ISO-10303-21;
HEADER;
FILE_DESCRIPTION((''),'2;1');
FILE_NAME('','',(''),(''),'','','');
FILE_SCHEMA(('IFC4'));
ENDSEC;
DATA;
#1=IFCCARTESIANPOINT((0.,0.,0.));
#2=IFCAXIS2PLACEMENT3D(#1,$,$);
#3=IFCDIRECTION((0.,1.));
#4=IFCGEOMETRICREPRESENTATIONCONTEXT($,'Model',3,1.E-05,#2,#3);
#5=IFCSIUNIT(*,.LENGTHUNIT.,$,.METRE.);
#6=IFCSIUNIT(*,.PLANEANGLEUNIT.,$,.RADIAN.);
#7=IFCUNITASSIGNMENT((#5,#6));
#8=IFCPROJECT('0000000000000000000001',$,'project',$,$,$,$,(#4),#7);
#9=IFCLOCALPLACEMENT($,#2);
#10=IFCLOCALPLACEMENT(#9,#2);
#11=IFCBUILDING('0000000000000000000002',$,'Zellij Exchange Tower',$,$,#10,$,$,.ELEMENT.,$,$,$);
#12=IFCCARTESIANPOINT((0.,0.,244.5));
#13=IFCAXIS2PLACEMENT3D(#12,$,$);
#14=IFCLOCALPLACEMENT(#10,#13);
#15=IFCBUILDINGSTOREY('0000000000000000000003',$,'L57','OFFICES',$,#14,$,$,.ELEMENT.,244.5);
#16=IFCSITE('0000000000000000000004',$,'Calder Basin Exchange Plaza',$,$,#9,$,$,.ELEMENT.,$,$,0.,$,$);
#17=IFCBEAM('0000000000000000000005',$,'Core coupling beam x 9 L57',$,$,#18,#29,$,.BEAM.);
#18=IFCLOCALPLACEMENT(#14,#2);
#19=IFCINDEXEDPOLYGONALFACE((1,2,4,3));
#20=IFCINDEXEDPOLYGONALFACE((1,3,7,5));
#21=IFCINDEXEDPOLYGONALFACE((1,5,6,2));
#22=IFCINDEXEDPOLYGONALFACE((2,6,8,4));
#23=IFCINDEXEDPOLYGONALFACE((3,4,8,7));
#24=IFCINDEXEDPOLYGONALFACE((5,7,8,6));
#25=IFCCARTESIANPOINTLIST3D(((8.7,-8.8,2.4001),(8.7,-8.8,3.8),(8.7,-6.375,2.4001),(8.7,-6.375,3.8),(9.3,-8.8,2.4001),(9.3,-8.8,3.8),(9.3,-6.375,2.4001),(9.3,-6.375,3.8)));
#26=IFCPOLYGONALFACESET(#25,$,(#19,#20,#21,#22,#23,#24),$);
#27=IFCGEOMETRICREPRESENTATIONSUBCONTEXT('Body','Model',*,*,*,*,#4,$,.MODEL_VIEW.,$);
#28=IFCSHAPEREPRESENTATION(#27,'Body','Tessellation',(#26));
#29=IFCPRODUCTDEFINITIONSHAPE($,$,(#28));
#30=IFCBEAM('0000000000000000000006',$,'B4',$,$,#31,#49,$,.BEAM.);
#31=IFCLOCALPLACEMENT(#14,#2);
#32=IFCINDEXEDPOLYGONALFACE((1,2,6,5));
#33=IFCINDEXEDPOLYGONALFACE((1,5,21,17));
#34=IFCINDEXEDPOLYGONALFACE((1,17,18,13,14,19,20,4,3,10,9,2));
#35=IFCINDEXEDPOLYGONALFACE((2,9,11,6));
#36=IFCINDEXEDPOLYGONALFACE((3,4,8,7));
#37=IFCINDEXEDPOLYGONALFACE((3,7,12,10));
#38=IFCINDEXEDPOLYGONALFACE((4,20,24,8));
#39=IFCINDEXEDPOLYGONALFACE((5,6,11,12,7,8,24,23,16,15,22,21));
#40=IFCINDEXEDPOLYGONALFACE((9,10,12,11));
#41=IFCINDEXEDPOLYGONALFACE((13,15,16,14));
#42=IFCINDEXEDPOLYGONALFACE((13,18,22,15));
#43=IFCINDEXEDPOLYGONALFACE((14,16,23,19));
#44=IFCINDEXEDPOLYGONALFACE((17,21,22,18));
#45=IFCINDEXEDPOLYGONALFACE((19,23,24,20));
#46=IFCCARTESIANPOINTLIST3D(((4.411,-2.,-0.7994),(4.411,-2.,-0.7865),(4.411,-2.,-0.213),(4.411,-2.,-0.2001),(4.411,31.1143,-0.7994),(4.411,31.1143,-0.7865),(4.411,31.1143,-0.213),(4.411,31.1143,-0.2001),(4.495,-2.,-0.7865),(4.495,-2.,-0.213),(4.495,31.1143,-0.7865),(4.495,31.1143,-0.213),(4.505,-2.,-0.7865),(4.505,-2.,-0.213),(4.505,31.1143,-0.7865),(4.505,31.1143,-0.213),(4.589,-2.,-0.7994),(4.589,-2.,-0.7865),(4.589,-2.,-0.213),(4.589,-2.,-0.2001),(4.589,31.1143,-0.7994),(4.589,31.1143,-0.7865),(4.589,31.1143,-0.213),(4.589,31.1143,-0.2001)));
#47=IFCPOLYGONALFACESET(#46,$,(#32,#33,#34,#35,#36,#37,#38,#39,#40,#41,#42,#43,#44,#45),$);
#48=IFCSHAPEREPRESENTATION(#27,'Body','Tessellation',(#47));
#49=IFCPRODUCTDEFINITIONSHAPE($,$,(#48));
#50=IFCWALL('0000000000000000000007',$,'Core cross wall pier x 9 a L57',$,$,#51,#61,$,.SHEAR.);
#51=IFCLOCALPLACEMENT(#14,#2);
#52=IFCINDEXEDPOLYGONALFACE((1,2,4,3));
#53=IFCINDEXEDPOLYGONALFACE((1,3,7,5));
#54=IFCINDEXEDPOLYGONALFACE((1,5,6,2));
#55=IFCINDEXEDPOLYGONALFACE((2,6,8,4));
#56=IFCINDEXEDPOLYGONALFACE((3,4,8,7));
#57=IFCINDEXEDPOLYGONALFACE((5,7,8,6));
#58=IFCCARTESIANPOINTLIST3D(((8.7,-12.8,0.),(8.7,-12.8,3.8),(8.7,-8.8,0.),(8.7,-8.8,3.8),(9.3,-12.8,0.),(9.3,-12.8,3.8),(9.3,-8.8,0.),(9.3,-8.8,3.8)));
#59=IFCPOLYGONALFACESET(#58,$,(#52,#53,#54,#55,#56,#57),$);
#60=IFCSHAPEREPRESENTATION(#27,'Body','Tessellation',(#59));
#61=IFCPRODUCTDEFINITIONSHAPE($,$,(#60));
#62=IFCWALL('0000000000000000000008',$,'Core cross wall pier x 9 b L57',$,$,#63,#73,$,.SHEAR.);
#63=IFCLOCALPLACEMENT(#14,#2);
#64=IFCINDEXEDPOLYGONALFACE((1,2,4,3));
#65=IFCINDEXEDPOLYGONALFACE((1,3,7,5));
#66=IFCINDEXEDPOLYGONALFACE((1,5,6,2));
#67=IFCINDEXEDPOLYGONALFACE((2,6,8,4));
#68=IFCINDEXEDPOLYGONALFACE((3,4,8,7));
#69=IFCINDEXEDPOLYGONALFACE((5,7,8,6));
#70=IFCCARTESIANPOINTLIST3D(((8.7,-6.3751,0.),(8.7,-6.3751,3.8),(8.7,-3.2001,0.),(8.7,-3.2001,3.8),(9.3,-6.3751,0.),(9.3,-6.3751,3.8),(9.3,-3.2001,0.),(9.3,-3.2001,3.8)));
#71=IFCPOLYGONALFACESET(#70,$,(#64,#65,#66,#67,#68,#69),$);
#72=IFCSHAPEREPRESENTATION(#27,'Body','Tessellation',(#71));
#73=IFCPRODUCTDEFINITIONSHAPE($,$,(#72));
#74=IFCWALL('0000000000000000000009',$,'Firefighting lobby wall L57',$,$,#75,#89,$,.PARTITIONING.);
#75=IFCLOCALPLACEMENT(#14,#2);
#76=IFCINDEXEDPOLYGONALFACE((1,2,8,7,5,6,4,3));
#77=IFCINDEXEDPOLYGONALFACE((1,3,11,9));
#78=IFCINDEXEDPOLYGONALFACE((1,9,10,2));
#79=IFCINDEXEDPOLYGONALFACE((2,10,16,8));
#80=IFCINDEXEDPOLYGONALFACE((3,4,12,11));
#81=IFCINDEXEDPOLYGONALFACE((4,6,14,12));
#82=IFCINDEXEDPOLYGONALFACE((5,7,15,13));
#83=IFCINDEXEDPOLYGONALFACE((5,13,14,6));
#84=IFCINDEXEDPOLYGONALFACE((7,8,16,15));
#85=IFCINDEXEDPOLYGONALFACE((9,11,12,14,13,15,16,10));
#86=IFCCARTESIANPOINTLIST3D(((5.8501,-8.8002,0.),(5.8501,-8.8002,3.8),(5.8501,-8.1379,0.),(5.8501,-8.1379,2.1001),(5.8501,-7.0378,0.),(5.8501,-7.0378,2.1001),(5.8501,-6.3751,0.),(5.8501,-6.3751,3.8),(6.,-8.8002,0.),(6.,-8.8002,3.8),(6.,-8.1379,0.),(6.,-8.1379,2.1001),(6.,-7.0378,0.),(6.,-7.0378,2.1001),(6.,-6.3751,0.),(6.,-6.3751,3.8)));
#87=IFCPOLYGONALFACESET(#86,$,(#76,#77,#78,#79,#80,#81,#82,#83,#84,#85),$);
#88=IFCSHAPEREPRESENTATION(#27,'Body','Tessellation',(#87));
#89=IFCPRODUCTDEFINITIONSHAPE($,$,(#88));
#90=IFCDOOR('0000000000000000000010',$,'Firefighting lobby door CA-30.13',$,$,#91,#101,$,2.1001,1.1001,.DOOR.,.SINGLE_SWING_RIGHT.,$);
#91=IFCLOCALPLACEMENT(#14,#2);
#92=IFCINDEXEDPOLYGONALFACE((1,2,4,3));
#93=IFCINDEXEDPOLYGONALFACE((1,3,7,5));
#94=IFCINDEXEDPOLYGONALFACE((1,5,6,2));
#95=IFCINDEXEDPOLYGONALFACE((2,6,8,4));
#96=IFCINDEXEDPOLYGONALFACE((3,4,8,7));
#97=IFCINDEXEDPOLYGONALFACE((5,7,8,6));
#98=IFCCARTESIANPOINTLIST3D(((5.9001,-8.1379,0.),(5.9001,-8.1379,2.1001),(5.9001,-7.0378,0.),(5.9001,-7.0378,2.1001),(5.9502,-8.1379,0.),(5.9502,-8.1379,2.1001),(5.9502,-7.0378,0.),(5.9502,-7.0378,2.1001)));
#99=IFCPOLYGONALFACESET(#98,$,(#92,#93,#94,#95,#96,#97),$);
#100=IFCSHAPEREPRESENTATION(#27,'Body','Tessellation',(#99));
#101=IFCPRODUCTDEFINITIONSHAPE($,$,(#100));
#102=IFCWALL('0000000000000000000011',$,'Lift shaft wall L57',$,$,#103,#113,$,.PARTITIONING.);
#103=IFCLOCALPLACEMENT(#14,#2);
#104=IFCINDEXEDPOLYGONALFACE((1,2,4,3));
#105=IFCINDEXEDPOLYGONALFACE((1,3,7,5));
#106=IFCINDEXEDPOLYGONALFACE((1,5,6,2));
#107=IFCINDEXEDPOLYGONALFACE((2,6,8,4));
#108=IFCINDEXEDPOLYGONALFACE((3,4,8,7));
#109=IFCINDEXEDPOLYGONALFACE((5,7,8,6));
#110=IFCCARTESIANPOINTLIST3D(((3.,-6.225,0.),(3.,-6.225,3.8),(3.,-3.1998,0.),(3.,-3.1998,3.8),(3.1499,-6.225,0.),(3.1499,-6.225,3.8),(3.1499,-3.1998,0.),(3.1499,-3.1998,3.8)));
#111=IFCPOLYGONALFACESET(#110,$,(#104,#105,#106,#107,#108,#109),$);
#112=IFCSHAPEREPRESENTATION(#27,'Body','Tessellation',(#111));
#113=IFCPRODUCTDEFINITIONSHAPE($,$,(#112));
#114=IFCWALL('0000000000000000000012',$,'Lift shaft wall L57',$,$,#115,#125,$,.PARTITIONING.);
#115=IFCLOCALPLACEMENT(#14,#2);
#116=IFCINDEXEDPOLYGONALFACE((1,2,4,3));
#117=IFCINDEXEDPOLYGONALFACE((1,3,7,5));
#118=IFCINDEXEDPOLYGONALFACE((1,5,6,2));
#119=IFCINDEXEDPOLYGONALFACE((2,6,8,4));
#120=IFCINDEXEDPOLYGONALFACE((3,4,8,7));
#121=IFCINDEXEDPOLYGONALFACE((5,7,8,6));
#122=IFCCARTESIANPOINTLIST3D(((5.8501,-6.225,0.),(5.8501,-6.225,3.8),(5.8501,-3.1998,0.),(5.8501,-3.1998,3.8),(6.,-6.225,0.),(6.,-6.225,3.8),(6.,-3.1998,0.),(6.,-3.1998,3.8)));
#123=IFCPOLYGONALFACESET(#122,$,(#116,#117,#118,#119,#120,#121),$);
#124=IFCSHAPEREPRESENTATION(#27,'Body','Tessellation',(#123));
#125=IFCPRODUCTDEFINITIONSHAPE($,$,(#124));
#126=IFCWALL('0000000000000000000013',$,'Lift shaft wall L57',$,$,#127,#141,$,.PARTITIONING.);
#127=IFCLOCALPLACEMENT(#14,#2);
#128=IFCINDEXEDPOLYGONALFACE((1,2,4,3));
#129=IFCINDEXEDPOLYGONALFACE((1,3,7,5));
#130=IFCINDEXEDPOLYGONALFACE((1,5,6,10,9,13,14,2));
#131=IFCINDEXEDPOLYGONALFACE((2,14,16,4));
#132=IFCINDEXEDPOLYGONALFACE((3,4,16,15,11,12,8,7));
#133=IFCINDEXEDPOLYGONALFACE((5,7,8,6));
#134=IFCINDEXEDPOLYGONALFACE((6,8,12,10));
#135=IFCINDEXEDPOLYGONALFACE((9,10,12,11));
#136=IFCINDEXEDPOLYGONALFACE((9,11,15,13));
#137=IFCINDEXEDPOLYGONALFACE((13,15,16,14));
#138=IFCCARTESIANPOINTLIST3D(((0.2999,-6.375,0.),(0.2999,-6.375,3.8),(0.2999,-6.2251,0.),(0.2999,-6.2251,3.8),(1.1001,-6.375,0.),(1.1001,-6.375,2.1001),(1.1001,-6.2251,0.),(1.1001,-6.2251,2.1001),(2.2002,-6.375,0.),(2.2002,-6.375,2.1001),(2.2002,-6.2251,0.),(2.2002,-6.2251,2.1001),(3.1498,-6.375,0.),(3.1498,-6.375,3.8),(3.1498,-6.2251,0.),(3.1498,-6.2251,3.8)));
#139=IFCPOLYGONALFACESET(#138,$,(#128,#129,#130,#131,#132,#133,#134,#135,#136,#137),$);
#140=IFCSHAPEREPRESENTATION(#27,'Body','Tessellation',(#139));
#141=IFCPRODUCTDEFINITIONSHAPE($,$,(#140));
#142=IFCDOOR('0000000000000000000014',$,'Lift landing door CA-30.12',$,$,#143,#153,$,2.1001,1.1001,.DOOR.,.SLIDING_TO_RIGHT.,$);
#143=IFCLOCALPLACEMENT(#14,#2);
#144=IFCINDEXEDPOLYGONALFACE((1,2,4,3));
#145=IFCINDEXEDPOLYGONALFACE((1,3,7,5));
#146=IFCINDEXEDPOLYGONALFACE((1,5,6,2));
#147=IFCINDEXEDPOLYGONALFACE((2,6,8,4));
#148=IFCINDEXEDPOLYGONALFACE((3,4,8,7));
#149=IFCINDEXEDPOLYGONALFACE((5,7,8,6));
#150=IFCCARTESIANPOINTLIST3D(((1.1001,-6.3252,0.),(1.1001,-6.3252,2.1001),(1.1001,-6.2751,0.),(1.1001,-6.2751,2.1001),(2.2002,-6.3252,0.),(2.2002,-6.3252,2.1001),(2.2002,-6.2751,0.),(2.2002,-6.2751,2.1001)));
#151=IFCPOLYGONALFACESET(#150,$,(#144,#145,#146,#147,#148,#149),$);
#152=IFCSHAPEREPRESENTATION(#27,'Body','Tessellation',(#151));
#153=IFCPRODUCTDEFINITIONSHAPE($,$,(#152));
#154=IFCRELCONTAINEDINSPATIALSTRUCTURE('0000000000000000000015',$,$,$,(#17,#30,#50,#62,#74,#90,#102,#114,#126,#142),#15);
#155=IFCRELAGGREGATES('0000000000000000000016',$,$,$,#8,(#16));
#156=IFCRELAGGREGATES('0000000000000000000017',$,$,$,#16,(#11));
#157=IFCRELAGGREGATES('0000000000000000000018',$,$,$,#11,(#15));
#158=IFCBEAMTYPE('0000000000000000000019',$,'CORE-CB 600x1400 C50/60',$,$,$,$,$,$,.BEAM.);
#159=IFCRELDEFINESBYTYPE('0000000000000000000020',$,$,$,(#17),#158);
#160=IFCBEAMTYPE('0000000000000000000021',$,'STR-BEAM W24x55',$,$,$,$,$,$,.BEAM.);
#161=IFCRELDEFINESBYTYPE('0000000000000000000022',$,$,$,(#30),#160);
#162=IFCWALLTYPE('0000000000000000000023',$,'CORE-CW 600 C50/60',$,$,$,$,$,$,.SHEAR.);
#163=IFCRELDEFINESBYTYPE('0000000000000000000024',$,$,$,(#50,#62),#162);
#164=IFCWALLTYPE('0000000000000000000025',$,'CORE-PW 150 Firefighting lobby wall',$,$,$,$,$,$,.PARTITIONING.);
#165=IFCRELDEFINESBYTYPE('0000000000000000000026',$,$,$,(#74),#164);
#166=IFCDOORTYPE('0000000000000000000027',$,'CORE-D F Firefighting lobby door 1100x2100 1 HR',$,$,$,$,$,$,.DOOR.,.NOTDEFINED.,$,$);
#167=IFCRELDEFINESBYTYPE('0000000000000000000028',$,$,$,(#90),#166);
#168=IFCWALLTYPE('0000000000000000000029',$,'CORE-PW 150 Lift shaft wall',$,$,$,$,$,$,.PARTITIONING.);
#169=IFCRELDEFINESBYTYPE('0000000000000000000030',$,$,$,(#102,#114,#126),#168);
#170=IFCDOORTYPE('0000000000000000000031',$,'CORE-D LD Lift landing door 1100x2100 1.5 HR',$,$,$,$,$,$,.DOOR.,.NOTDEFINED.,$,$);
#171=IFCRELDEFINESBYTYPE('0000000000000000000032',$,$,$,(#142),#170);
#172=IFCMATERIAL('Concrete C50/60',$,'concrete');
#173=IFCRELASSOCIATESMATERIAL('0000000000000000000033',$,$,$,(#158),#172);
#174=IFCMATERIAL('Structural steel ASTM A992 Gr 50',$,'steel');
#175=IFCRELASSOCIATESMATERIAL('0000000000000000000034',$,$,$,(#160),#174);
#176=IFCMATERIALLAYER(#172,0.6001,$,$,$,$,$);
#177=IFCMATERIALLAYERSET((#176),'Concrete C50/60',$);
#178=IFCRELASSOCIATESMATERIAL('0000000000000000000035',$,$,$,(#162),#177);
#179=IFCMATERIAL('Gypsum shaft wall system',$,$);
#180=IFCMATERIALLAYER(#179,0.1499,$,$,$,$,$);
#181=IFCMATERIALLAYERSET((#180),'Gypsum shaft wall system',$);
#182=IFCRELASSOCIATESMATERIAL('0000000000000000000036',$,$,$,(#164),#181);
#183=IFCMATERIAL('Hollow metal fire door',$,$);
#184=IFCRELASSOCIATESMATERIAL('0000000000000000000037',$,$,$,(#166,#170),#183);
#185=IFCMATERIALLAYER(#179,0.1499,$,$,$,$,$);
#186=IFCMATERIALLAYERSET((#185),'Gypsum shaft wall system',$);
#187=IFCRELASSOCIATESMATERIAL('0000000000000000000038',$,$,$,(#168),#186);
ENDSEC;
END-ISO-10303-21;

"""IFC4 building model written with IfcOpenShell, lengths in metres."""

from ifc_helpers import new_model, si_unit, direction, frame, frame_2d, origin, origin_2d, place, context, subcontext, project, spatial, rectangle, i_section, extrude, material, layer, layer_set, material_profile, profile_set, type_object, element, fill, save


model = new_model("IFC4")

# Units and contexts
model_context = context("Model", 3, precision=1e-05, world=origin(), true_north=direction((0.0, 1.0)))
body_context = subcontext(model_context, "Body", "Model", "MODEL_VIEW")
ifc_project = project(units=[si_unit("LENGTHUNIT", "METRE"), si_unit("PLANEANGLEUNIT", "RADIAN")], contexts=[model_context])

# Site, building, storey
site_placement = place(None, origin())
site = spatial("IfcSite", under=ifc_project, at=site_placement, Name="Calder Basin Exchange Plaza", CompositionType="ELEMENT", RefElevation=0.0)
building_placement = place(site_placement, origin())
building = spatial("IfcBuilding", under=site, at=building_placement, Name="Zellij Exchange Tower", CompositionType="ELEMENT")
storey_placement = place(building_placement, frame((0.0, 0.0, 244.5)))
storey = spatial("IfcBuildingStorey", under=building, at=storey_placement, Name="L57", Description="OFFICES", CompositionType="ELEMENT", Elevation=244.5)

# Beams
ifc_material_1 = material(Name="Concrete C50/60", Category="concrete")
ifc_material_profile_1 = material_profile(ifc_material_1, rectangle(XDim=0.6001, YDim=1.3999, at=origin_2d()), Name="CORE-CB 600x1400 C50/60")
ifc_profile_set_1 = profile_set([ifc_material_profile_1], Name="Concrete C50/60")
beam_type_1 = type_object("IfcBeamType", Name="CORE-CB 600x1400 C50/60", PredefinedType="BEAM", material=ifc_profile_set_1)
beam_1_placement = place(storey_placement, frame((9.0, -8.8, 3.1001), z_axis=(0.0, 1.0, 0.0), x_axis=(-1.0, 0.0, 0.0)))
element("IfcBeam", 1, at=beam_1_placement, inside=storey, type_object=beam_type_1, Name="Core coupling beam x 9 L57", PredefinedType="BEAM", context=body_context, shape_type="SweptSolid", body=[
    extrude(rectangle(XDim=0.6001, YDim=1.3999, at=origin_2d()), origin(), (0.0, 0.0, 1.0), 2.425),
])
ifc_material_2 = material(Name="Structural steel ASTM A992 Gr 50", Category="steel")
ifc_material_profile_2 = material_profile(ifc_material_2, i_section(OverallWidth=0.178, OverallDepth=0.5994, WebThickness=0.01, FlangeThickness=0.0129, at=origin_2d()), Name="W24x55")
ifc_profile_set_2 = profile_set([ifc_material_profile_2], Name="Structural steel ASTM A992 Gr 50")
beam_type_2 = type_object("IfcBeamType", Name="STR-BEAM W24x55", PredefinedType="BEAM", material=ifc_profile_set_2)
beam_2_placement = place(storey_placement, frame((4.5, -2.0, -0.4998), z_axis=(0.0, 1.0, 0.0), x_axis=(-1.0, 0.0, 0.0)))
element("IfcBeam", 2, at=beam_2_placement, inside=storey, type_object=beam_type_2, Name="B4", PredefinedType="BEAM", context=body_context, shape_type="SweptSolid", body=[
    extrude(i_section(OverallWidth=0.178, OverallDepth=0.5994, WebThickness=0.01, FlangeThickness=0.0129, at=origin_2d()), origin(), (0.0, 0.0, 1.0), 33.1143),
])

# Walls
ifc_layer_1 = layer(ifc_material_1, 0.6001)
ifc_layer_set_1 = layer_set([ifc_layer_1], Name="Concrete C50/60")
wall_type_1 = type_object("IfcWallType", Name="CORE-CW 600 C50/60", PredefinedType="SHEAR", material=ifc_layer_set_1)
wall_1_placement = place(storey_placement, frame((9.0, -12.8, 0.0), z_axis=(0.0, 0.0, 1.0), x_axis=(0.0, 1.0, 0.0)))
element("IfcWall", 3, at=wall_1_placement, inside=storey, type_object=wall_type_1, Name="Core cross wall pier x 9 a L57", PredefinedType="SHEAR", context=body_context, shape_type="SweptSolid", body=[
    extrude(rectangle(XDim=4.0, YDim=0.6001, at=frame_2d((2.0, 0.0))), origin(), (0.0, 0.0, 1.0), 3.8),
])
wall_2_placement = place(storey_placement, frame((9.0, -6.375, 0.0), z_axis=(0.0, 0.0, 1.0), x_axis=(0.0, 1.0, 0.0)))
element("IfcWall", 4, at=wall_2_placement, inside=storey, type_object=wall_type_1, Name="Core cross wall pier x 9 b L57", PredefinedType="SHEAR", context=body_context, shape_type="SweptSolid", body=[
    extrude(rectangle(XDim=3.175, YDim=0.6001, at=frame_2d((1.5874, 0.0))), origin(), (0.0, 0.0, 1.0), 3.8),
])

# Wall, opening, door
ifc_material_3 = material(Name="Gypsum shaft wall system")
ifc_layer_2 = layer(ifc_material_3, 0.1499)
ifc_layer_set_2 = layer_set([ifc_layer_2], Name="Gypsum shaft wall system")
wall_type_2 = type_object("IfcWallType", Name="CORE-PW 150 Firefighting lobby wall", PredefinedType="PARTITIONING", material=ifc_layer_set_2)
wall_3_placement = place(storey_placement, frame((5.925, -8.8, 0.0), z_axis=(0.0, 0.0, 1.0), x_axis=(0.0, 1.0, 0.0)))
wall_3 = element("IfcWall", 5, at=wall_3_placement, inside=storey, type_object=wall_type_2, Name="Firefighting lobby wall L57", PredefinedType="PARTITIONING", context=body_context, shape_type="SweptSolid", body=[
    extrude(rectangle(XDim=2.425, YDim=0.1499, at=frame_2d((1.2124, 0.0))), origin(), (0.0, 0.0, 1.0), 3.8),
])
opening_1_placement = place(wall_3_placement, frame((0.6621, 0.0, 0.0)))
opening_1 = element("IfcOpeningElement", 6, at=opening_1_placement, cuts=wall_3, PredefinedType="OPENING", context=body_context, shape_type="SweptSolid", body=[
    extrude(rectangle(XDim=1.1001, YDim=2.1001, at=frame_2d((0.55, 1.05))), frame((0.0, 0.0869, 0.0), z_axis=(0.0, -1.0, 0.0), x_axis=(1.0, 0.0, 0.0)), (0.0, 0.0, 1.0), 0.1738),
])
ifc_material_4 = material(Name="Hollow metal fire door")
door_type_1 = type_object("IfcDoorType", Name="CORE-D F Firefighting lobby door 1100x2100 1 HR", OperationType="NOTDEFINED", PredefinedType="DOOR", material=ifc_material_4)
door_1_placement = place(opening_1_placement, origin())
door_1 = element("IfcDoor", 7, at=door_1_placement, inside=storey, type_object=door_type_1, Name="Firefighting lobby door CA-30.13", OperationType="SINGLE_SWING_RIGHT", OverallHeight=2.1001, OverallWidth=1.1001, PredefinedType="DOOR", context=body_context, shape_type="SweptSolid", body=[
    extrude(rectangle(XDim=1.1001, YDim=2.1001, at=frame_2d((0.55, 1.05))), frame((0.0, 0.0249, 0.0), z_axis=(0.0, -1.0, 0.0), x_axis=(1.0, 0.0, 0.0)), (0.0, 0.0, 1.0), 0.05),
])
fill(opening_1, door_1)

# Walls
ifc_layer_3 = layer(ifc_material_3, 0.1499)
ifc_layer_set_3 = layer_set([ifc_layer_3], Name="Gypsum shaft wall system")
wall_type_3 = type_object("IfcWallType", Name="CORE-PW 150 Lift shaft wall", PredefinedType="PARTITIONING", material=ifc_layer_set_3)
for number, where, z_axis, x_axis, name in (
    (8, (3.075, -6.2251, 0.0), (0.0, 0.0, 1.0), (0.0, 1.0, 0.0), "Lift shaft wall L57"),
    (9, (5.925, -6.2251, 0.0), (0.0, 0.0, 1.0), (0.0, 1.0, 0.0), "Lift shaft wall L57"),
):
    element("IfcWall", number, at=place(storey_placement, frame(where, z_axis=z_axis, x_axis=x_axis)), inside=storey, type_object=wall_type_3, Name=name, PredefinedType="PARTITIONING", context=body_context, shape_type="SweptSolid", body=[
        extrude(rectangle(XDim=3.0251, YDim=0.1499, at=frame_2d((1.5127, 0.0))), origin(), (0.0, 0.0, 1.0), 3.8),
    ])

# Wall, opening, door
wall_4_placement = place(storey_placement, frame((0.3, -6.3, 0.0), z_axis=(0.0, 0.0, 1.0), x_axis=(1.0, 0.0, 0.0)))
wall_4 = element("IfcWall", 10, at=wall_4_placement, inside=storey, type_object=wall_type_3, Name="Lift shaft wall L57", PredefinedType="PARTITIONING", context=body_context, shape_type="SweptSolid", body=[
    extrude(rectangle(XDim=2.8499, YDim=0.1499, at=frame_2d((1.4248, 0.0))), origin(), (0.0, 0.0, 1.0), 3.8),
])
opening_2_placement = place(wall_4_placement, frame((0.8, 0.0, 0.0)))
opening_2 = element("IfcOpeningElement", 11, at=opening_2_placement, cuts=wall_4, PredefinedType="OPENING", context=body_context, shape_type="SweptSolid", body=[
    extrude(rectangle(XDim=1.1001, YDim=2.1001, at=frame_2d((0.55, 1.05))), frame((0.0, 0.0869, 0.0), z_axis=(0.0, -1.0, 0.0), x_axis=(1.0, 0.0, 0.0)), (0.0, 0.0, 1.0), 0.1738),
])
door_type_2 = type_object("IfcDoorType", Name="CORE-D LD Lift landing door 1100x2100 1.5 HR", OperationType="NOTDEFINED", PredefinedType="DOOR", material=ifc_material_4)
door_2_placement = place(opening_2_placement, origin())
door_2 = element("IfcDoor", 12, at=door_2_placement, inside=storey, type_object=door_type_2, Name="Lift landing door CA-30.12", OperationType="SLIDING_TO_RIGHT", OverallHeight=2.1001, OverallWidth=1.1001, PredefinedType="DOOR", context=body_context, shape_type="SweptSolid", body=[
    extrude(rectangle(XDim=1.1001, YDim=2.1001, at=frame_2d((0.55, 1.05))), frame((0.0, 0.0249, 0.0), z_axis=(0.0, -1.0, 0.0), x_axis=(1.0, 0.0, 0.0)), (0.0, 0.0, 1.0), 0.05),
])
fill(opening_2, door_2)

save(model, "model.ifc")
